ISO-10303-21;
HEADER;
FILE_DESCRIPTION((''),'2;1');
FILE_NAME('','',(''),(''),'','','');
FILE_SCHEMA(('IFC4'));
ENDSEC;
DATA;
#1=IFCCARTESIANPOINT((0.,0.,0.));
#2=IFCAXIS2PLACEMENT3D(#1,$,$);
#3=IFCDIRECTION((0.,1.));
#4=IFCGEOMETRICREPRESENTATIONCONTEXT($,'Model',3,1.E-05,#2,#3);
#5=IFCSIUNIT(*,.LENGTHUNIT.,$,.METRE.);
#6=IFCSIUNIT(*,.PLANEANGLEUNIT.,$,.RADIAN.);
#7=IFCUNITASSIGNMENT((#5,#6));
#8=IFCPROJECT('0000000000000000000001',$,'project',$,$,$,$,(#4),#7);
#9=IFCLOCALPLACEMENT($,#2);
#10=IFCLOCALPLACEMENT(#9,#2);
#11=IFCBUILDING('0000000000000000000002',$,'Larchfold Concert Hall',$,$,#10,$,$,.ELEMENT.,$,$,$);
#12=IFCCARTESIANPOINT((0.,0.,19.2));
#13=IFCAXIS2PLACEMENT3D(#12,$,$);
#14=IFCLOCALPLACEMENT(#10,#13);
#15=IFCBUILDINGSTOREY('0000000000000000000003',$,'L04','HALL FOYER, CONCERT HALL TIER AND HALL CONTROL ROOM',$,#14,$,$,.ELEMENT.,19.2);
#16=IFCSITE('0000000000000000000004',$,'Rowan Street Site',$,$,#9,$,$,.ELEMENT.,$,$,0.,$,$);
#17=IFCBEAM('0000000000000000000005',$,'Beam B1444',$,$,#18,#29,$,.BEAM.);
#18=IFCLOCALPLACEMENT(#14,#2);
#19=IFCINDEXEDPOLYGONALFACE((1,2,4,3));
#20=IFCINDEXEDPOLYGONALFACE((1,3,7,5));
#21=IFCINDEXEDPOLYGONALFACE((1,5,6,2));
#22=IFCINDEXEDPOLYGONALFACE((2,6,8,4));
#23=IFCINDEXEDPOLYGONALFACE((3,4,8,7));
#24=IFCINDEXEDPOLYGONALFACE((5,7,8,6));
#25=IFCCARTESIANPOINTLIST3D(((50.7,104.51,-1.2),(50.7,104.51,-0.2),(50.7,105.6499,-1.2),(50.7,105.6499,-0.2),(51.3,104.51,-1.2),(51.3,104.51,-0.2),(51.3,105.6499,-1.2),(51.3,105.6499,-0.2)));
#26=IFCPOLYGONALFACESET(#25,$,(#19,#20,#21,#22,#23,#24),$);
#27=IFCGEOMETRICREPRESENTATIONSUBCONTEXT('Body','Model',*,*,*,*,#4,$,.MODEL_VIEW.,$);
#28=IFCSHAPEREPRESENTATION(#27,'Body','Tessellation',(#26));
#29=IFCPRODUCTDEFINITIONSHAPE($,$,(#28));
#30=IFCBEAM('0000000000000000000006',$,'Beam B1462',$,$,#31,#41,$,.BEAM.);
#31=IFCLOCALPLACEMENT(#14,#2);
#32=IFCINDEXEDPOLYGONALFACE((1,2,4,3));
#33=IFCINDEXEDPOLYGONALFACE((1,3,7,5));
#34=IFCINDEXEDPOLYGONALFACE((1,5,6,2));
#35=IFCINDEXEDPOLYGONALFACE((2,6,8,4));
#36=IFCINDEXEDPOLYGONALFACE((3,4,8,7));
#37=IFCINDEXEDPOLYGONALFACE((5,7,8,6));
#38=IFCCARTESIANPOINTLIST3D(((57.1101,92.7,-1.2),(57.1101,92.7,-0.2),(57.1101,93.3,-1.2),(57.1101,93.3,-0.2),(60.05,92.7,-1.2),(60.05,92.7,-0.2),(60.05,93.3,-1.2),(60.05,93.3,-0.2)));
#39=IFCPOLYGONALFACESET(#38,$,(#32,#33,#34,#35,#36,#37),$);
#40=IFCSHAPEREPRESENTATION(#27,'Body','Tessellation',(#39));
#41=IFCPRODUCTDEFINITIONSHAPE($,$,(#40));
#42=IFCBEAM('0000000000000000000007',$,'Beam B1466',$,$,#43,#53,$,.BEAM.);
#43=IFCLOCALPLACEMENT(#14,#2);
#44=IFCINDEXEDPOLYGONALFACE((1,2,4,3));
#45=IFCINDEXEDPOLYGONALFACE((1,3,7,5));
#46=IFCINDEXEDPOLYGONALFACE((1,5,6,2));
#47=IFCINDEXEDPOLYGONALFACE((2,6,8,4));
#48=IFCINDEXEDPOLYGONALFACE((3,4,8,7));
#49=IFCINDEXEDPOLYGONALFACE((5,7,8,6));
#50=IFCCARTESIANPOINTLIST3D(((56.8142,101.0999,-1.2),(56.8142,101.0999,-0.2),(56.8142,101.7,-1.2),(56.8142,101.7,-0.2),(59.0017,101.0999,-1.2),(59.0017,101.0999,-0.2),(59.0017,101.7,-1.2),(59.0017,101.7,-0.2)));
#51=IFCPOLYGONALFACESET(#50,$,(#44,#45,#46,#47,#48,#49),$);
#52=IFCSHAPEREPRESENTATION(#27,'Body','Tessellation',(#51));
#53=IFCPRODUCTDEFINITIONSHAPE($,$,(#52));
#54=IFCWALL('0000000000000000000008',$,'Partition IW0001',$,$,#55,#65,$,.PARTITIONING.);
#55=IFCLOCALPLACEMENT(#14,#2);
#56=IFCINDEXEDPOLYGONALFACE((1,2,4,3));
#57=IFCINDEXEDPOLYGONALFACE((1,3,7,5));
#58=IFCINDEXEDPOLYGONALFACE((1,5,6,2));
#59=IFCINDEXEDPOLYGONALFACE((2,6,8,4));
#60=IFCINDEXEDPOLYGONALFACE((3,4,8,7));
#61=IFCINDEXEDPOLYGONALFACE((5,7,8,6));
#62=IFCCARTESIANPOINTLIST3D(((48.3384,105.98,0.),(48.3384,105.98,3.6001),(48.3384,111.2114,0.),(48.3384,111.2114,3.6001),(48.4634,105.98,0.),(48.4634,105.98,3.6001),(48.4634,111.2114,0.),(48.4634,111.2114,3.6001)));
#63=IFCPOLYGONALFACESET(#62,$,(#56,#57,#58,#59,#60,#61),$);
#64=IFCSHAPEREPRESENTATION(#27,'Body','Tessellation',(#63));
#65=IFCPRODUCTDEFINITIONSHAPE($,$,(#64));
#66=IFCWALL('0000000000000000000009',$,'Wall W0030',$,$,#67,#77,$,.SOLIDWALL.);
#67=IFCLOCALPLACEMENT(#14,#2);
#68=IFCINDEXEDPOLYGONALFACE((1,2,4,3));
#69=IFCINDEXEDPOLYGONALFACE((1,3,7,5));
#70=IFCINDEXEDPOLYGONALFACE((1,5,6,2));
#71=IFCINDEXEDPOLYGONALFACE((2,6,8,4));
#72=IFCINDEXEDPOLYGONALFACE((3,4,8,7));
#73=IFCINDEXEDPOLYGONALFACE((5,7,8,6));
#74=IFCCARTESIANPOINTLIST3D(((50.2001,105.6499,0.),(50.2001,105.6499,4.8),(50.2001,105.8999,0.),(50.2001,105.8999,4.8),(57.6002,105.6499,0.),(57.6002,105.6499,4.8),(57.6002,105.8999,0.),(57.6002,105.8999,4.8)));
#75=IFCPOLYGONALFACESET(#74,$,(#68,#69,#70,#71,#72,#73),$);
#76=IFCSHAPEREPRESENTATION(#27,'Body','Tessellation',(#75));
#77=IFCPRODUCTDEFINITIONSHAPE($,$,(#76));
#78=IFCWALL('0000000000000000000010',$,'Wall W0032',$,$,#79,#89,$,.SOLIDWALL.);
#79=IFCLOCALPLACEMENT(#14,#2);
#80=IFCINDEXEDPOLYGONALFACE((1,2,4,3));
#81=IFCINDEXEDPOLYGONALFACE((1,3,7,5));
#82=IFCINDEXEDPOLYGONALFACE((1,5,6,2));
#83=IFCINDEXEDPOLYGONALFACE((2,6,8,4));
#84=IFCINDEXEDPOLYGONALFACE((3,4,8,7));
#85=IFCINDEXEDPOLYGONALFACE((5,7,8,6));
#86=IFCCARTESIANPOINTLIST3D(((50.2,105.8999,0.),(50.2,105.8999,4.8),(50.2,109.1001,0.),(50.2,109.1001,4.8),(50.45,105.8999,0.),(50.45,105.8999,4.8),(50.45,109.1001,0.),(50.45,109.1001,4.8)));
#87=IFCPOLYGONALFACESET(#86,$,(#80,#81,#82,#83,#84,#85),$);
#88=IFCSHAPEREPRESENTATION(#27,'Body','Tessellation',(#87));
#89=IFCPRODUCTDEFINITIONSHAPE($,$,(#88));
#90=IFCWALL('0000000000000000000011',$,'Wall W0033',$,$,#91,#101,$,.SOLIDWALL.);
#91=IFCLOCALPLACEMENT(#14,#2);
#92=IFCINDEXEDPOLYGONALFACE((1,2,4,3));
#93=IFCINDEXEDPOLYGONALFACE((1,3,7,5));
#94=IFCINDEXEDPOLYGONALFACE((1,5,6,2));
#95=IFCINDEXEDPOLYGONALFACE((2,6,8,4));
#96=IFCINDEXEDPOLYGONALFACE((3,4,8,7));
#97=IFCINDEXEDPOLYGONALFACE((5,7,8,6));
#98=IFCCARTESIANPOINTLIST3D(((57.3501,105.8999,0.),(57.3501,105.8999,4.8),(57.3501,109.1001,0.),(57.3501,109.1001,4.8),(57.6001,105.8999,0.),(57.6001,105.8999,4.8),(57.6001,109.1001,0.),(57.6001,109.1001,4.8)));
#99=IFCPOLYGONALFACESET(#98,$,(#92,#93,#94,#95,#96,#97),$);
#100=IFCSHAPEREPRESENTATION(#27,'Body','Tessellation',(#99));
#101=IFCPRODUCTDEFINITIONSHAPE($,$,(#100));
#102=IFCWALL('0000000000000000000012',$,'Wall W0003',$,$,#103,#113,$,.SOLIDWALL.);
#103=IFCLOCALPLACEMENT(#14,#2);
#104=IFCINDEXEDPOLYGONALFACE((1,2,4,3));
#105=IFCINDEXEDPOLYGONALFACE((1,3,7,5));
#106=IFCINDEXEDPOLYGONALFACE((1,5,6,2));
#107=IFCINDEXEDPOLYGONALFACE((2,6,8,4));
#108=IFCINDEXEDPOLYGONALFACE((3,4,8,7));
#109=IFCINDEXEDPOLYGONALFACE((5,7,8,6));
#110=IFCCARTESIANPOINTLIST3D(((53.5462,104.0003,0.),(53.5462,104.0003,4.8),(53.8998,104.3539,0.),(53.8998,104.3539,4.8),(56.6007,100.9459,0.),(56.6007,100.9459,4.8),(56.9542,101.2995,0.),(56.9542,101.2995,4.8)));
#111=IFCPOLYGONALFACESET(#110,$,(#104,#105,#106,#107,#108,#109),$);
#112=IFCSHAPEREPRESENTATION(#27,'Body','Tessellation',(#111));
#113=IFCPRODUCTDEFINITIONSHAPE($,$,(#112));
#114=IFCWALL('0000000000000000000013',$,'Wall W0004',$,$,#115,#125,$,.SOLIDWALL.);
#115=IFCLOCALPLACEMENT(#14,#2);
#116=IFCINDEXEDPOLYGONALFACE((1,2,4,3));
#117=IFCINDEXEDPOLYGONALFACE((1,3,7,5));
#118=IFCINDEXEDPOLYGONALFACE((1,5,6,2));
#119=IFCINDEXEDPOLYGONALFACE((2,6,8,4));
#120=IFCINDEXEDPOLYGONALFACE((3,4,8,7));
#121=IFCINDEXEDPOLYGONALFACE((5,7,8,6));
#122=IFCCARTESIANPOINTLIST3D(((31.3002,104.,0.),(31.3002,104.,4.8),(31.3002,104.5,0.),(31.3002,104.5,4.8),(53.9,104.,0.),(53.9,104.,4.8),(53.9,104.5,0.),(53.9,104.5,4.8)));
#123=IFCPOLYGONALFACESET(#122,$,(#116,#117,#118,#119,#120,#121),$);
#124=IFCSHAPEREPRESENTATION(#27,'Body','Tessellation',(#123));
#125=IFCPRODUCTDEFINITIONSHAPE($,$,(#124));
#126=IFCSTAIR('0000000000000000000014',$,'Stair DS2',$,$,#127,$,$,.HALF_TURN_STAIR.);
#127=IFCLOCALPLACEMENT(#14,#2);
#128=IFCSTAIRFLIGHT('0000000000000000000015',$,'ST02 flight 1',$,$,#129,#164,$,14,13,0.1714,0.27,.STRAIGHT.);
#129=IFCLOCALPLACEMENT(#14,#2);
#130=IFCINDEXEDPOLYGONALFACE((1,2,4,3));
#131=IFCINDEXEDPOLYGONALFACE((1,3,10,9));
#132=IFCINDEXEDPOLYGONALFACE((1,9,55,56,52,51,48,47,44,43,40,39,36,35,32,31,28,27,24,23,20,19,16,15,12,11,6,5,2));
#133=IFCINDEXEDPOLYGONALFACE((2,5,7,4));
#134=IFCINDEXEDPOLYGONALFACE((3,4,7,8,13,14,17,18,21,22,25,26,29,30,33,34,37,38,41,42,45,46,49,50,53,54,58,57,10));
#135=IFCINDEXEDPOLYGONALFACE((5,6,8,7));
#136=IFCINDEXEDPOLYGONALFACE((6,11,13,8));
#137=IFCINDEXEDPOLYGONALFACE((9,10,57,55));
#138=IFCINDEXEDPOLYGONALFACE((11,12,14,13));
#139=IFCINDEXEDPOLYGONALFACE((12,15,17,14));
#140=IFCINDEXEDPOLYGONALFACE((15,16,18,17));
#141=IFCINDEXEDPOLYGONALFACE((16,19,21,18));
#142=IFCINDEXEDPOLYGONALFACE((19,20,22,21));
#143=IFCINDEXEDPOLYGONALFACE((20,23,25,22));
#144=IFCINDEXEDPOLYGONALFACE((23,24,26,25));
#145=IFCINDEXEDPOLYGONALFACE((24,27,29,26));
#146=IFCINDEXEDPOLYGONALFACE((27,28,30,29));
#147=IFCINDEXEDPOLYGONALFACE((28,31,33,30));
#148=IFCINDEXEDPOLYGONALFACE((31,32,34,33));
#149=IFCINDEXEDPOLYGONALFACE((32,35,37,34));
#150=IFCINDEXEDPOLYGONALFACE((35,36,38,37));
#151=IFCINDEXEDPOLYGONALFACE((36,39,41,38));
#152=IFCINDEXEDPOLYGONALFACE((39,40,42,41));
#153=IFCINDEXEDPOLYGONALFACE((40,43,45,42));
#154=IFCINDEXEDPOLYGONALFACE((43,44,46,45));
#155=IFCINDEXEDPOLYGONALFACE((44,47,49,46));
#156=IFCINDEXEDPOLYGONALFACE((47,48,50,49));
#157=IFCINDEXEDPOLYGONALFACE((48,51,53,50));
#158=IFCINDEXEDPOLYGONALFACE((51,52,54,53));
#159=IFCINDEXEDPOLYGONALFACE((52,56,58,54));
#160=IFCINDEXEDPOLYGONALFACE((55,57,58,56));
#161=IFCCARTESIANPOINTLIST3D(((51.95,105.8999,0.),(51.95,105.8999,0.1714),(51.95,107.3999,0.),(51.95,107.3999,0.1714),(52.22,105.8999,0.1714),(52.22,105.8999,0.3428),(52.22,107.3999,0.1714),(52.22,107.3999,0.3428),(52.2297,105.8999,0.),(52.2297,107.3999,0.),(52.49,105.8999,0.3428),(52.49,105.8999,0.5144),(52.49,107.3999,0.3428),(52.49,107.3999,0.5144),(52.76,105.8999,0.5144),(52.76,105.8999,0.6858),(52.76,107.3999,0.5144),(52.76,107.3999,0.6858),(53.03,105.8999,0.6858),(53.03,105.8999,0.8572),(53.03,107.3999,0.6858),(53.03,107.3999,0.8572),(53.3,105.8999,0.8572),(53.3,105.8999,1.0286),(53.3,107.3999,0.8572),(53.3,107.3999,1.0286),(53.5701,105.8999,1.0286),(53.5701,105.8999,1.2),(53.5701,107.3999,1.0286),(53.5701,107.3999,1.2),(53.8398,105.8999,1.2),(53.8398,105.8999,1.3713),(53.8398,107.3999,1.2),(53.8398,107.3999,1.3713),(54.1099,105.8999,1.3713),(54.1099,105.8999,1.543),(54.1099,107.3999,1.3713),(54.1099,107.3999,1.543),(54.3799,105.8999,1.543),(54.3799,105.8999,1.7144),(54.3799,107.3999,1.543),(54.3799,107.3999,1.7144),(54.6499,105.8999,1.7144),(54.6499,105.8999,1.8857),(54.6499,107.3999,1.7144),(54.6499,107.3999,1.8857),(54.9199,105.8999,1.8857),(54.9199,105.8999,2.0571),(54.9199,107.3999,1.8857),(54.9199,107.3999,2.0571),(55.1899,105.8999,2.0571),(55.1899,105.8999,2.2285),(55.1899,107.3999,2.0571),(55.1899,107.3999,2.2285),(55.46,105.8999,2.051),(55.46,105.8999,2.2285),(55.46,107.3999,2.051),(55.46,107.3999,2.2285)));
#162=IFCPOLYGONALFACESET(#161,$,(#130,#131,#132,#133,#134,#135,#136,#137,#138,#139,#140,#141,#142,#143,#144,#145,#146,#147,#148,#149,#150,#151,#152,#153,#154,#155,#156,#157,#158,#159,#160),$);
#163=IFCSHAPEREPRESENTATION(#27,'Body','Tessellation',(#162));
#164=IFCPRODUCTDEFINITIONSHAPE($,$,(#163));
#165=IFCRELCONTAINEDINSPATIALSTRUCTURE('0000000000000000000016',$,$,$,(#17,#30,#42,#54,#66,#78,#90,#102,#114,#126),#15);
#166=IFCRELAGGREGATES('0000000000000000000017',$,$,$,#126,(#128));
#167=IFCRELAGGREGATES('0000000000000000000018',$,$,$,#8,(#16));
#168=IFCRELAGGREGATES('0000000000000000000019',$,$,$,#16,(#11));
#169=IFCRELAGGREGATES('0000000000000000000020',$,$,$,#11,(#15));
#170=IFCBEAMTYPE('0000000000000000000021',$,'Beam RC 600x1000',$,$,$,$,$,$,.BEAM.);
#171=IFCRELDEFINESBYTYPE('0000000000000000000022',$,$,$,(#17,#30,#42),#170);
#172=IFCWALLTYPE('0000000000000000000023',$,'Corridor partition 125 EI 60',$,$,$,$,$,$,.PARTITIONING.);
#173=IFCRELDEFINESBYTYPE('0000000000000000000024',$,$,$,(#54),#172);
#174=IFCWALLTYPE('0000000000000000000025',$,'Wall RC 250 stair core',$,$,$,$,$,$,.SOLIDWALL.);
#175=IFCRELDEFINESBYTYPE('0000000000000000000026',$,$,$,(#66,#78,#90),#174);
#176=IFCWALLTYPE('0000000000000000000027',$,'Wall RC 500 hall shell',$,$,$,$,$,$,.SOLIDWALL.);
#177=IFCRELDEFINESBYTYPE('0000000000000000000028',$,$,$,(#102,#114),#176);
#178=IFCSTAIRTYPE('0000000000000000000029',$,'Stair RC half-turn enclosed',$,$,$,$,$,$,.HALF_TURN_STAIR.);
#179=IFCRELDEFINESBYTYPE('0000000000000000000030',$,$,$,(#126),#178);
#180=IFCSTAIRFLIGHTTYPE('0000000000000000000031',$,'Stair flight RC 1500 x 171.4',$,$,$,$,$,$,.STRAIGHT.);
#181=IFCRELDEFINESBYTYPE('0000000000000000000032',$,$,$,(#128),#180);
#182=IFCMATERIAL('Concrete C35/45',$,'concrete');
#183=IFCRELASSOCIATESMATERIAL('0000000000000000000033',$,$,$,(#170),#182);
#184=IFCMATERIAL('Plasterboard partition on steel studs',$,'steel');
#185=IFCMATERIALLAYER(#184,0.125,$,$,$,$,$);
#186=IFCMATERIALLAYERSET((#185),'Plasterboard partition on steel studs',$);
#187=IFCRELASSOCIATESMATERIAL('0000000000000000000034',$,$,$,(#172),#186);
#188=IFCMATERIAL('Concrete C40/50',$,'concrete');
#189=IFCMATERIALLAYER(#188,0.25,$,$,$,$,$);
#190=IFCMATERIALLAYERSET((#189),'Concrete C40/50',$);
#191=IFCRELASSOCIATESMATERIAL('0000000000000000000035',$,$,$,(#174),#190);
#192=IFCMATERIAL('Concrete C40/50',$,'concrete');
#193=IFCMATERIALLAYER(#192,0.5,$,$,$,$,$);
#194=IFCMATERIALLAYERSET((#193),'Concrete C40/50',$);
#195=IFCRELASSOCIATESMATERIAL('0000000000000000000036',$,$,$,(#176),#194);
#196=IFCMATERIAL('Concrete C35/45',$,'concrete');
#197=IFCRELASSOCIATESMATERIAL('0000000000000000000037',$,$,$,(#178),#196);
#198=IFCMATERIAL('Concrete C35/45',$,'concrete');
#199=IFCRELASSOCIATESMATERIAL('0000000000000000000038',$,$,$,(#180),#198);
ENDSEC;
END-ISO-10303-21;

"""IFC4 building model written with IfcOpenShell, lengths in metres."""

from ifc_helpers import new_model, si_unit, direction, frame, frame_2d, origin, origin_2d, place, context, subcontext, project, spatial, polyline, rectangle, outline, extrude, material, layer, layer_set, material_profile, profile_set, type_object, element, aggregate, save


model = new_model("IFC4")

# Units and contexts
model_context = context("Model", 3, precision=1e-05, world=origin(), true_north=direction((0.0, 1.0)))
body_context = subcontext(model_context, "Body", "Model", "MODEL_VIEW")
ifc_project = project(units=[si_unit("LENGTHUNIT", "METRE"), si_unit("PLANEANGLEUNIT", "RADIAN")], contexts=[model_context])

# Site, building, storey
site_placement = place(None, origin())
site = spatial("IfcSite", under=ifc_project, at=site_placement, Name="Rowan Street Site", CompositionType="ELEMENT", RefElevation=0.0)
building_placement = place(site_placement, origin())
building = spatial("IfcBuilding", under=site, at=building_placement, Name="Larchfold Concert Hall", CompositionType="ELEMENT")
storey_placement = place(building_placement, frame((0.0, 0.0, 19.2)))
storey = spatial("IfcBuildingStorey", under=building, at=storey_placement, Name="L04", Description="HALL FOYER, CONCERT HALL TIER AND HALL CONTROL ROOM", CompositionType="ELEMENT", Elevation=19.2)

# Beams
ifc_material_1 = material(Name="Concrete C35/45", Category="concrete")
ifc_material_profile_1 = material_profile(ifc_material_1, rectangle(XDim=0.6001, YDim=1.0, at=origin_2d()))
ifc_profile_set_1 = profile_set([ifc_material_profile_1], Name="Concrete C35/45")
beam_type_1 = type_object("IfcBeamType", Name="Beam RC 600x1000", PredefinedType="BEAM", material=ifc_profile_set_1)
beam_1_placement = place(storey_placement, frame((51.0, 104.51, -0.7), z_axis=(0.0, 1.0, 0.0), x_axis=(-1.0, 0.0, 0.0)))
element("IfcBeam", 1, at=beam_1_placement, inside=storey, type_object=beam_type_1, Name="Beam B1444", PredefinedType="BEAM", context=body_context, shape_type="SweptSolid", body=[
    extrude(rectangle(XDim=0.6001, YDim=1.0, at=origin_2d()), origin(), (0.0, 0.0, 1.0), 1.1399),
])
beam_2_placement = place(storey_placement, frame((57.1101, 93.0, -0.7), z_axis=(1.0, 0.0, 0.0), x_axis=(0.0, 1.0, 0.0)))
element("IfcBeam", 2, at=beam_2_placement, inside=storey, type_object=beam_type_1, Name="Beam B1462", PredefinedType="BEAM", context=body_context, shape_type="SweptSolid", body=[
    extrude(rectangle(XDim=0.6001, YDim=1.0, at=origin_2d()), origin(), (0.0, 0.0, 1.0), 2.9399),
])
beam_3_placement = place(storey_placement, frame((56.8142, 101.3999, -0.7), z_axis=(1.0, 0.0, 0.0), x_axis=(0.0, 1.0, 0.0)))
element("IfcBeam", 3, at=beam_3_placement, inside=storey, type_object=beam_type_1, Name="Beam B1466", PredefinedType="BEAM", context=body_context, shape_type="SweptSolid", body=[
    extrude(rectangle(XDim=0.6001, YDim=1.0, at=origin_2d()), origin(), (0.0, 0.0, 1.0), 2.1875),
])

# Walls
ifc_material_2 = material(Name="Plasterboard partition on steel studs", Category="steel")
ifc_layer_1 = layer(ifc_material_2, 0.125)
ifc_layer_set_1 = layer_set([ifc_layer_1], Name="Plasterboard partition on steel studs")
wall_type_1 = type_object("IfcWallType", Name="Corridor partition 125 EI 60", PredefinedType="PARTITIONING", material=ifc_layer_set_1)
wall_1_placement = place(storey_placement, frame((48.4009, 105.98, 0.0), z_axis=(0.0, 0.0, 1.0), x_axis=(0.0, 1.0, 0.0)))
element("IfcWall", 4, at=wall_1_placement, inside=storey, type_object=wall_type_1, Name="Partition IW0001", PredefinedType="PARTITIONING", context=body_context, shape_type="SweptSolid", body=[
    extrude(rectangle(XDim=5.2314, YDim=0.125, at=frame_2d((2.6157, 0.0))), origin(), (0.0, 0.0, 1.0), 3.6001),
])
ifc_material_3 = material(Name="Concrete C40/50", Category="concrete")
ifc_layer_2 = layer(ifc_material_3, 0.25)
ifc_layer_set_2 = layer_set([ifc_layer_2], Name="Concrete C40/50")
wall_type_2 = type_object("IfcWallType", Name="Wall RC 250 stair core", PredefinedType="SOLIDWALL", material=ifc_layer_set_2)
wall_2_placement = place(storey_placement, frame((50.2, 105.7749, 0.0), z_axis=(0.0, 0.0, 1.0), x_axis=(1.0, 0.0, 0.0)))
element("IfcWall", 5, at=wall_2_placement, inside=storey, type_object=wall_type_2, Name="Wall W0030", PredefinedType="SOLIDWALL", context=body_context, shape_type="SweptSolid", body=[
    extrude(rectangle(XDim=7.4001, YDim=0.25, at=frame_2d((3.7002, 0.0))), origin(), (0.0, 0.0, 1.0), 4.8),
])
for number, where, z_axis, x_axis, name in (
    (6, (50.325, 105.8999, 0.0), (0.0, 0.0, 1.0), (0.0, 1.0, 0.0), "Wall W0032"),
    (7, (57.4751, 105.8999, 0.0), (0.0, 0.0, 1.0), (0.0, 1.0, 0.0), "Wall W0033"),
):
    element("IfcWall", number, at=place(storey_placement, frame(where, z_axis=z_axis, x_axis=x_axis)), inside=storey, type_object=wall_type_2, Name=name, PredefinedType="SOLIDWALL", context=body_context, shape_type="SweptSolid", body=[
        extrude(rectangle(XDim=3.2002, YDim=0.25, at=frame_2d((1.6001, 0.0))), origin(), (0.0, 0.0, 1.0), 4.8),
    ])
ifc_material_4 = material(Name="Concrete C40/50", Category="concrete")
ifc_layer_3 = layer(ifc_material_4, 0.5)
ifc_layer_set_3 = layer_set([ifc_layer_3], Name="Concrete C40/50")
wall_type_3 = type_object("IfcWallType", Name="Wall RC 500 hall shell", PredefinedType="SOLIDWALL", material=ifc_layer_set_3)
wall_3_placement = place(storey_placement, frame((56.7773, 101.1228, 0.0), z_axis=(0.0, 0.0, 1.0), x_axis=(-0.707107, 0.707107, 0.0)))
element("IfcWall", 8, at=wall_3_placement, inside=storey, type_object=wall_type_3, Name="Wall W0003", PredefinedType="SOLIDWALL", context=body_context, shape_type="SweptSolid", body=[
    extrude(rectangle(XDim=4.3196, YDim=0.5, at=frame_2d((2.1597, 0.0))), origin(), (0.0, 0.0, 1.0), 4.8),
])
wall_4_placement = place(storey_placement, frame((53.8999, 104.25, 0.0), z_axis=(0.0, 0.0, 1.0), x_axis=(-1.0, 0.0, 0.0)))
element("IfcWall", 9, at=wall_4_placement, inside=storey, type_object=wall_type_3, Name="Wall W0004", PredefinedType="SOLIDWALL", context=body_context, shape_type="SweptSolid", body=[
    extrude(rectangle(XDim=22.5999, YDim=0.5, at=frame_2d((11.2998, 0.0))), origin(), (0.0, 0.0, 1.0), 4.8),
])

# Stair, stair flight
ifc_material_5 = material(Name="Concrete C35/45", Category="concrete")
stair_type = type_object("IfcStairType", Name="Stair RC half-turn enclosed", PredefinedType="HALF_TURN_STAIR", material=ifc_material_5)
stair_placement = place(storey_placement, origin())
stair = element("IfcStair", 10, at=stair_placement, inside=storey, type_object=stair_type, Name="Stair DS2", PredefinedType="HALF_TURN_STAIR")
ifc_material_6 = material(Name="Concrete C35/45", Category="concrete")
stair_flight_type = type_object("IfcStairFlightType", Name="Stair flight RC 1500 x 171.4", PredefinedType="STRAIGHT", material=ifc_material_6)
stair_flight_placement = place(storey_placement, frame((51.95, 106.6499, 0.0), z_axis=(0.0, 0.0, 1.0), x_axis=(1.0, 0.0, 0.0)))
stair_flight = element("IfcStairFlight", 11, at=stair_flight_placement, type_object=stair_flight_type, Name="ST02 flight 1", NumberOfRisers=14, NumberOfTreads=13, PredefinedType="STRAIGHT", RiserHeight=0.1714, TreadLength=0.27, context=body_context, shape_type="SweptSolid", body=[
    extrude(outline(polyline([(0.0, 0.0), (0.0, 0.1714), (0.27, 0.1714), (0.27, 0.3428), (0.54, 0.3428), (0.54, 0.5144), (0.8101, 0.5144), (0.8101, 0.6858), (1.0801, 0.6858), (1.0801, 0.8572), (1.3501, 0.8572), (1.3501, 1.0286), (1.6201, 1.0286), (1.6201, 1.2), (1.8899, 1.2), (1.8899, 1.3713), (2.1599, 1.3713), (2.1599, 1.543), (2.4299, 1.543), (2.4299, 1.7144), (2.7, 1.7144), (2.7, 1.8857), (2.97, 1.8857), (2.97, 2.0571), (3.24, 2.0571), (3.24, 2.2285), (3.51, 2.2285), (3.51, 2.3999), (3.51, 2.051), (0.2798, 0.0), (0.0, 0.0)])), frame((0.0, 0.75, 0.0), z_axis=(0.0, -1.0, 0.0), x_axis=(1.0, 0.0, 0.0)), (0.0, 0.0, 1.0), 1.5),
])
aggregate(stair, [stair_flight])

save(model, "model.ifc")
